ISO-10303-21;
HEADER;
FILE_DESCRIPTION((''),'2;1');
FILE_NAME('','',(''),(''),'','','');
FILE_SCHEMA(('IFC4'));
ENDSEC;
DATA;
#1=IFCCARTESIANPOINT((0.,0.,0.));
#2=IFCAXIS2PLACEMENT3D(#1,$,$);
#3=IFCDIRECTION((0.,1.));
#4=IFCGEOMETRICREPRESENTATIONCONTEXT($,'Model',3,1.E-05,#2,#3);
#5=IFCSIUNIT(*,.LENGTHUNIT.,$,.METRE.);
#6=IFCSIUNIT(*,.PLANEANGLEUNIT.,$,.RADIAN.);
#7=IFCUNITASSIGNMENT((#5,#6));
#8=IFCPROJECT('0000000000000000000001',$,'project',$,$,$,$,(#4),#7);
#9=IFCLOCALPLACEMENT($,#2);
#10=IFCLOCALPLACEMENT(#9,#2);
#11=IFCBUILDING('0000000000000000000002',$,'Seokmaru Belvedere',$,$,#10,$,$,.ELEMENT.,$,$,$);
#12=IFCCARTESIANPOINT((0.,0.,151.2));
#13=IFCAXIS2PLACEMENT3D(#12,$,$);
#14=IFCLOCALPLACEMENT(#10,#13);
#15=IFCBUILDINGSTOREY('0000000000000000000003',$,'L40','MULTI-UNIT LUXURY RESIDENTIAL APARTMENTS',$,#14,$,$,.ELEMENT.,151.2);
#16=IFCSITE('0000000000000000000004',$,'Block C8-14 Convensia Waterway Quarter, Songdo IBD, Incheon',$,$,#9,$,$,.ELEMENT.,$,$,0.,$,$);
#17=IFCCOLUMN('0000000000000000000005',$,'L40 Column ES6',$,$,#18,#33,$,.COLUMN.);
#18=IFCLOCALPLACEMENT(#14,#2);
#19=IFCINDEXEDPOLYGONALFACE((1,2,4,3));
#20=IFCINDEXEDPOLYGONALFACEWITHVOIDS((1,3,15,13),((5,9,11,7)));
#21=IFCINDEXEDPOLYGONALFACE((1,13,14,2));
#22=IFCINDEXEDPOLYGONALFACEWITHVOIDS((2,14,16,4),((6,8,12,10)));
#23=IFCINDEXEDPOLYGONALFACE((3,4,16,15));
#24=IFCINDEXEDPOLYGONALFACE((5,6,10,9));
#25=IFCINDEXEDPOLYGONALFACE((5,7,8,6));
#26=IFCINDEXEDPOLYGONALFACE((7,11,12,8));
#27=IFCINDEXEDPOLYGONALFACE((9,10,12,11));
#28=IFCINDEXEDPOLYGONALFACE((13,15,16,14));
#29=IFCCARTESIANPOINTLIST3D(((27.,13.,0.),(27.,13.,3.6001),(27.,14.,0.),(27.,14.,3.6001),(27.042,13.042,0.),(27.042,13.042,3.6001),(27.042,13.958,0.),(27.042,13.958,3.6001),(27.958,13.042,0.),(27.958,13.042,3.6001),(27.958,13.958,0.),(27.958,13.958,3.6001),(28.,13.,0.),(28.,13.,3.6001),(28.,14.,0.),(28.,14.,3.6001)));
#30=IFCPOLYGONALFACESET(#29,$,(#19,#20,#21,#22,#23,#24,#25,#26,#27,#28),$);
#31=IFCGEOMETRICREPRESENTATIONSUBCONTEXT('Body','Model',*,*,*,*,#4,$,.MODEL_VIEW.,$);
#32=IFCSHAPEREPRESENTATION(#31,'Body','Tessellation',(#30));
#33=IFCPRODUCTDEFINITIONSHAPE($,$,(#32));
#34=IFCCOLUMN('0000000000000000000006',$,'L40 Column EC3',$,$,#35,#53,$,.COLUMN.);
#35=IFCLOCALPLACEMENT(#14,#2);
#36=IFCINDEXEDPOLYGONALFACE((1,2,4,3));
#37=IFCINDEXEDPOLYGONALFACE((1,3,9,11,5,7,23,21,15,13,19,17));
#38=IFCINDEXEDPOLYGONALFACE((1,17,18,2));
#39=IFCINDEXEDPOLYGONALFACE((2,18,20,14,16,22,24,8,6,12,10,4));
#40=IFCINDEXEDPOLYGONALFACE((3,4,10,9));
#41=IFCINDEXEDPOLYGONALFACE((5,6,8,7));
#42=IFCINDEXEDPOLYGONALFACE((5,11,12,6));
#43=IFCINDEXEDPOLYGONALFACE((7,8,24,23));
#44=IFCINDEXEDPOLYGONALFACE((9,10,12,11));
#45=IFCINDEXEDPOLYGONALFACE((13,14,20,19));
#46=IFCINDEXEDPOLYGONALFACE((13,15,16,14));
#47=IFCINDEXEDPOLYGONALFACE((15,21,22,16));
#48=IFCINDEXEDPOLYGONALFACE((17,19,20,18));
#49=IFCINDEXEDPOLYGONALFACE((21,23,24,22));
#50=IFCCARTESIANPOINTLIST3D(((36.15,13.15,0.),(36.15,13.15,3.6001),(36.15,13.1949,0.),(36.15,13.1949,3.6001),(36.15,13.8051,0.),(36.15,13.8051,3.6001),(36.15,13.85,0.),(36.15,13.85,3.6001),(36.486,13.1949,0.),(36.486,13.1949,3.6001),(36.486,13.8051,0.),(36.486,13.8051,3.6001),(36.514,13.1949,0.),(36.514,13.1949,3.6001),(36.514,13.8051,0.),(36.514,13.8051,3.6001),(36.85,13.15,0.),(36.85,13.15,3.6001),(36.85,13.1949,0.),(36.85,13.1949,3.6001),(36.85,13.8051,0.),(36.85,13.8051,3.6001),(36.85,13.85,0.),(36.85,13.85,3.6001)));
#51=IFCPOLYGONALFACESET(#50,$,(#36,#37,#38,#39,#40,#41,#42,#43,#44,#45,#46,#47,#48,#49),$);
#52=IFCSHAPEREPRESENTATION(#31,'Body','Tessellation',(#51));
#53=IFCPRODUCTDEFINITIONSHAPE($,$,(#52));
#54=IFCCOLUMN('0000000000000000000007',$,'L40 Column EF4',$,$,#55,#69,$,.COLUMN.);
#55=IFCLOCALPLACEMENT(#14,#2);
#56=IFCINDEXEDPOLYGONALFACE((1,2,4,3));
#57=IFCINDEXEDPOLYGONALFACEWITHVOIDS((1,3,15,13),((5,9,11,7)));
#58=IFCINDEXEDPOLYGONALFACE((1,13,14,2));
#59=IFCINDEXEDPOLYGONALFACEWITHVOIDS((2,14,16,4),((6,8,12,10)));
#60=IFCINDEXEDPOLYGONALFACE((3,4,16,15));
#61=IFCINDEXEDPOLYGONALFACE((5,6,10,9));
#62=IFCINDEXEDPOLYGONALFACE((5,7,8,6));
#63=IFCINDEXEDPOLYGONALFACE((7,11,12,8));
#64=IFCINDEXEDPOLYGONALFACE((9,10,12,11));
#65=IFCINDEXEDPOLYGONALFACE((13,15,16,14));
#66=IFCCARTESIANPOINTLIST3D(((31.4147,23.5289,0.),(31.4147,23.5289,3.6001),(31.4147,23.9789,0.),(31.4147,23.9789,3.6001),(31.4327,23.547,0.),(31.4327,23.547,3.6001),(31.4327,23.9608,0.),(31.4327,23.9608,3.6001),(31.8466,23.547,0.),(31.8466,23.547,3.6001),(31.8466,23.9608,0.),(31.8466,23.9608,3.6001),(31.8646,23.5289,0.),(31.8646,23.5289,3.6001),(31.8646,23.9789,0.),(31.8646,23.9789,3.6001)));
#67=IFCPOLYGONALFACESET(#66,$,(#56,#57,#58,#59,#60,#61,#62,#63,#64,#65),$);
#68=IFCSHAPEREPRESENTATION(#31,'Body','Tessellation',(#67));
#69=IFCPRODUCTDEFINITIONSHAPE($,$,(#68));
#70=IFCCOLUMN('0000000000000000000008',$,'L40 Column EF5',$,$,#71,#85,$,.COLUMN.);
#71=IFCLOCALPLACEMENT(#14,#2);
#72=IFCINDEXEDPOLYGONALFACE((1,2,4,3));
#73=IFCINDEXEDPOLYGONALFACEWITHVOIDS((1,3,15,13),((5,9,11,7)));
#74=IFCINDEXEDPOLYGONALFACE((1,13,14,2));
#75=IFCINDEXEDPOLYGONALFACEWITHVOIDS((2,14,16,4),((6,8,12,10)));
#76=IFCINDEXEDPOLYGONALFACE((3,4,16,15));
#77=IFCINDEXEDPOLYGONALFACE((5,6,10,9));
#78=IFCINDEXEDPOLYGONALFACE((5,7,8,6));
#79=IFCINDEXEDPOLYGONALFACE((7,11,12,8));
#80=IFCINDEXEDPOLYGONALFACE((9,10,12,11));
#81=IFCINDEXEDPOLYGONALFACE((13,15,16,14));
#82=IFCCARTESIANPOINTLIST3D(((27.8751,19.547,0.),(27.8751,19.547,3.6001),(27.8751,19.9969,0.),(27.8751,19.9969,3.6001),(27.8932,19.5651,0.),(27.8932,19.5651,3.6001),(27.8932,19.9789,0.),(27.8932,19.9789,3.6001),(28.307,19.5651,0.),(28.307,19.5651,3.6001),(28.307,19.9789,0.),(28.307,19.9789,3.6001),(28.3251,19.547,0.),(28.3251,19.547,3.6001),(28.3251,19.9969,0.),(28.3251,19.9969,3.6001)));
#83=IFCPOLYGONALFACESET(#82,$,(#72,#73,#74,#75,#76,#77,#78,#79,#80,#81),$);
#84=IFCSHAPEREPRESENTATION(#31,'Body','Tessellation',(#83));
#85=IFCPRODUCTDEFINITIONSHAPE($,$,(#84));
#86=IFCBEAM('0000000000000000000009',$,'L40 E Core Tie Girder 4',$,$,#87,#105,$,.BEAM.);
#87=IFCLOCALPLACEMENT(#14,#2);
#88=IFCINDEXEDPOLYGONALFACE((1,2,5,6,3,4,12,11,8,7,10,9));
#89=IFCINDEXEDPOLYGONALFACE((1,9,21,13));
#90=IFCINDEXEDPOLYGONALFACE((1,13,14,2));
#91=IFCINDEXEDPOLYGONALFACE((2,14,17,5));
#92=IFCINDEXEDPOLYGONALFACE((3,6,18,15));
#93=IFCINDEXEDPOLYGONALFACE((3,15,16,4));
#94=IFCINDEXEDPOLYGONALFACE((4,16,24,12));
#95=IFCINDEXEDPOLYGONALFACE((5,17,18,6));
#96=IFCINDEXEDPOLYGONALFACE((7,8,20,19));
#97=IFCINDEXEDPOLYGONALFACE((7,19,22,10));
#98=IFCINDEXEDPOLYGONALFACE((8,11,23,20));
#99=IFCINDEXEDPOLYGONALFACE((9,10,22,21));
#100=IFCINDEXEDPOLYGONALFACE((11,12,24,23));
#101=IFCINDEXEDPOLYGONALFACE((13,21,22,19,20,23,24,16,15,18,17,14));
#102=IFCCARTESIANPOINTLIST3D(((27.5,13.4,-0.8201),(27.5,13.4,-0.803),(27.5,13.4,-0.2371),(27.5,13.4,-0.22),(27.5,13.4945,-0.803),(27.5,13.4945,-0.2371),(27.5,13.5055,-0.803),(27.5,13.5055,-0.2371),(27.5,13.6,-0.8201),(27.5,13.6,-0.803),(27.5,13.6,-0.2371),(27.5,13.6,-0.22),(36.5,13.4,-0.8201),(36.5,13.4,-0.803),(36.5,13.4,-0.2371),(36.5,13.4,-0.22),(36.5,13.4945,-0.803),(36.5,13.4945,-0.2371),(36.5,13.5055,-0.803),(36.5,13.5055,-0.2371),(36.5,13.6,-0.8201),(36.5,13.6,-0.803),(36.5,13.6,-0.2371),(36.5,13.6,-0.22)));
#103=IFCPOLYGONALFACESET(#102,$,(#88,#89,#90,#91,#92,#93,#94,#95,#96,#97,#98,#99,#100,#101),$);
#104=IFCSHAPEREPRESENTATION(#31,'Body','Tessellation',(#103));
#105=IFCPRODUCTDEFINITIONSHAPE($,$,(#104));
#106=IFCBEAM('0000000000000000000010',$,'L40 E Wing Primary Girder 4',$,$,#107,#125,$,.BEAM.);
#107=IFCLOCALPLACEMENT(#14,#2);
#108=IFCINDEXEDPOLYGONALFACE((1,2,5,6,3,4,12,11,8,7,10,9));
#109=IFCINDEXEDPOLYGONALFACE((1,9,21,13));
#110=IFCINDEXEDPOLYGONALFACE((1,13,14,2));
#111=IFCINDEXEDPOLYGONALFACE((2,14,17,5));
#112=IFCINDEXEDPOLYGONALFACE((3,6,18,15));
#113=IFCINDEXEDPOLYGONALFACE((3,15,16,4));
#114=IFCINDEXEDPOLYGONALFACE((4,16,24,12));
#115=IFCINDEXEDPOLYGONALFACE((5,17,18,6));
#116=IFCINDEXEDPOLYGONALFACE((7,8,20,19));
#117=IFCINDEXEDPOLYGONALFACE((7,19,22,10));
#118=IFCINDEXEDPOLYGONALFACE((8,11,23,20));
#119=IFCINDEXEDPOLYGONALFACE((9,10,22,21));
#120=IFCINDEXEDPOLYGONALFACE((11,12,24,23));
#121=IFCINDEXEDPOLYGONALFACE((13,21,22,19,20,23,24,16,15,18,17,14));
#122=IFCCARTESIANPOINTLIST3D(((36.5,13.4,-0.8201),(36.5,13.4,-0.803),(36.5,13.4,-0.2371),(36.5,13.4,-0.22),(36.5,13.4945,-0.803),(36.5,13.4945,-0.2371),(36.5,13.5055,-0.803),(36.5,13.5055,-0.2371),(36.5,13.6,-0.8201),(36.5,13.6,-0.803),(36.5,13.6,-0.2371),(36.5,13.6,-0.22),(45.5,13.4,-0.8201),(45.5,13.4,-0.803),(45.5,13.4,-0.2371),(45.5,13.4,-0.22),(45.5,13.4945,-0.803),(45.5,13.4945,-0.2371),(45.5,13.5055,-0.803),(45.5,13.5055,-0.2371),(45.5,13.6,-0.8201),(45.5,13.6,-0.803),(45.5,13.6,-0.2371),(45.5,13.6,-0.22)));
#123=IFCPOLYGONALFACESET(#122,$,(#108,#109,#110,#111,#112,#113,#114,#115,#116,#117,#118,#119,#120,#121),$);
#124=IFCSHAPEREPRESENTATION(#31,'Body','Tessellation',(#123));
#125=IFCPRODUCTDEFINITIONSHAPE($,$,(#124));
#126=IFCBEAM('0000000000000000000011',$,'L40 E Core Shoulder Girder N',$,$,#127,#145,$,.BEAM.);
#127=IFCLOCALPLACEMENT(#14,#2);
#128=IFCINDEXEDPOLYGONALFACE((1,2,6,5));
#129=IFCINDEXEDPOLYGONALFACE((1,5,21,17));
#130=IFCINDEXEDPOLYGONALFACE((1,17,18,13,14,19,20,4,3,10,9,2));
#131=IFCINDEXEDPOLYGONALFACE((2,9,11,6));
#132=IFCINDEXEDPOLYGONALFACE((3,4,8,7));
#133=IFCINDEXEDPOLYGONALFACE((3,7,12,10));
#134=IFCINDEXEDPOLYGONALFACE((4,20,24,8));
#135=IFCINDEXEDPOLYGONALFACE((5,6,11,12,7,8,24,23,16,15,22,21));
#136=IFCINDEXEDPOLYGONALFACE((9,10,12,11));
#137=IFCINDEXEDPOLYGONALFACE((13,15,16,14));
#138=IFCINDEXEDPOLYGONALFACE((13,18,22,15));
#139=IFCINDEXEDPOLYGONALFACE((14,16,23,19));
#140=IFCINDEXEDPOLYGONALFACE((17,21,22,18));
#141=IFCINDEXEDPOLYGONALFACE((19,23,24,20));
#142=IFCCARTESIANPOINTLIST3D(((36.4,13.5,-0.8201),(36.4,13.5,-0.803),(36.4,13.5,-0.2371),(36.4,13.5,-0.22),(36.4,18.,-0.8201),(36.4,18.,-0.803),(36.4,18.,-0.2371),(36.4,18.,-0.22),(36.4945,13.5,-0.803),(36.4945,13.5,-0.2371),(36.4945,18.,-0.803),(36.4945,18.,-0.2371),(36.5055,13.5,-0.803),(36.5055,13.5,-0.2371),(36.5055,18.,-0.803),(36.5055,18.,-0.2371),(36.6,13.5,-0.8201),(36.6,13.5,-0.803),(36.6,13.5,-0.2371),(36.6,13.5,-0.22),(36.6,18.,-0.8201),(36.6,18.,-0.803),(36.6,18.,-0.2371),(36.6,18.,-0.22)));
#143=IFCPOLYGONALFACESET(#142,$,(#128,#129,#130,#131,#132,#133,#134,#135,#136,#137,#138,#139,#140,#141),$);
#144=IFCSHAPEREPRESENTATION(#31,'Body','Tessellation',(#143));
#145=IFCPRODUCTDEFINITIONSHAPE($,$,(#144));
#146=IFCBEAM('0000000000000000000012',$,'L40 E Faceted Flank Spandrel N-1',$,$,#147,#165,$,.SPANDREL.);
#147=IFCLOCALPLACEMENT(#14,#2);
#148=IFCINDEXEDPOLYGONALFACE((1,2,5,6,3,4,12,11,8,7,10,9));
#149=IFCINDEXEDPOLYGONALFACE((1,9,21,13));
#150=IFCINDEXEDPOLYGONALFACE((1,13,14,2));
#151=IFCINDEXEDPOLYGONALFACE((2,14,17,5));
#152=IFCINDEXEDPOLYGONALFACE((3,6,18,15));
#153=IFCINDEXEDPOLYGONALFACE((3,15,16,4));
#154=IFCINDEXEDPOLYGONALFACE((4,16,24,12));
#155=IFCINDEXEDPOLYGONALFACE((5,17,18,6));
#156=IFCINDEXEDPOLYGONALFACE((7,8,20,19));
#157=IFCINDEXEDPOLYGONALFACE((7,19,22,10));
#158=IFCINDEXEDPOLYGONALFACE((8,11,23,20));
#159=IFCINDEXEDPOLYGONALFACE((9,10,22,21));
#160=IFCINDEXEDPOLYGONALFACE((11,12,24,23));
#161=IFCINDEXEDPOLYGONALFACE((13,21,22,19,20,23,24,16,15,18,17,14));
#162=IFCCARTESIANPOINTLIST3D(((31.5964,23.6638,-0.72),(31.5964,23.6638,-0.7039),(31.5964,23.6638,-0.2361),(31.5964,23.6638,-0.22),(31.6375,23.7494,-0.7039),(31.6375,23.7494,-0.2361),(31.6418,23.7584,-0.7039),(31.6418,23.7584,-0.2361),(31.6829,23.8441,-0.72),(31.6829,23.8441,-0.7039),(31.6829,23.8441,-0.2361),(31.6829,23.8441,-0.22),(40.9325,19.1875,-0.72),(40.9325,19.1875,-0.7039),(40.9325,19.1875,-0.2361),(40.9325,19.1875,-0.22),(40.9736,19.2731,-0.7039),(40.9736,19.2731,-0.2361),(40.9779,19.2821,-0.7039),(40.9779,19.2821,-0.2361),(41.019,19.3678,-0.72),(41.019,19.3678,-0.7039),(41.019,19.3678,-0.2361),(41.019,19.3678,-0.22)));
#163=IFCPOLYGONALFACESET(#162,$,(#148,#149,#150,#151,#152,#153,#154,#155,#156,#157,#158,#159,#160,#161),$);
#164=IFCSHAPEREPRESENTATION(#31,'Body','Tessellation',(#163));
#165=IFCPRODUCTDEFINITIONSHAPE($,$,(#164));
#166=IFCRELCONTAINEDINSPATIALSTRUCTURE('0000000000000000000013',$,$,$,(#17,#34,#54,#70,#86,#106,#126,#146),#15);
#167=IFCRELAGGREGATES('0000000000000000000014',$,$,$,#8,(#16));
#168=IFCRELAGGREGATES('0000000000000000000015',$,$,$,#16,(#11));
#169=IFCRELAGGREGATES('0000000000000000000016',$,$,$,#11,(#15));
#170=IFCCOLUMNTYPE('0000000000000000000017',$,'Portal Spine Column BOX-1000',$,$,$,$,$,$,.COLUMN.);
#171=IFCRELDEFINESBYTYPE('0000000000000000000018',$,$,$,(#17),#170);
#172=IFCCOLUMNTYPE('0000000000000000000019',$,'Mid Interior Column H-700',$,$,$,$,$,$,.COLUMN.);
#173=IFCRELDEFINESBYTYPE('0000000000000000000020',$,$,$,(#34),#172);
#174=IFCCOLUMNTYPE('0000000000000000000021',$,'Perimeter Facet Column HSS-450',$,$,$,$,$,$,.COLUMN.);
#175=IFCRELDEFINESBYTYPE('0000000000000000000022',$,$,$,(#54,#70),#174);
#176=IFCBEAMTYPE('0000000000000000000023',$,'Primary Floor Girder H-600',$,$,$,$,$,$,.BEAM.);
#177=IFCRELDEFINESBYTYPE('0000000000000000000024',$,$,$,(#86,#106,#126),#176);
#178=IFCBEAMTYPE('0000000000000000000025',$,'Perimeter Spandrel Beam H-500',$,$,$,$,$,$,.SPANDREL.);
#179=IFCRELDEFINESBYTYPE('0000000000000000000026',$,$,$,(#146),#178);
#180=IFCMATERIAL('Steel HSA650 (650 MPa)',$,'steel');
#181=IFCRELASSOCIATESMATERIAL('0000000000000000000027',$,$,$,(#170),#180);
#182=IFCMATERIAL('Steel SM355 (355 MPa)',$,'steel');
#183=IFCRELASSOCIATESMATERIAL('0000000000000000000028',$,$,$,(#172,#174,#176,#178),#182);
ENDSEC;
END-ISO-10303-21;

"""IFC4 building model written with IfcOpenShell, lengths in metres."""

from ifc_helpers import new_model, si_unit, direction, frame, origin, origin_2d, place, context, subcontext, project, spatial, hollow_rectangle, i_section, extrude, source, transform, mapped, material, material_profile, profile_set, type_object, type_shapes, element, save


model = new_model("IFC4")

# Units and contexts
model_context = context("Model", 3, precision=1e-05, world=origin(), true_north=direction((0.0, 1.0)))
body_context = subcontext(model_context, "Body", "Model", "MODEL_VIEW")
ifc_project = project(units=[si_unit("LENGTHUNIT", "METRE"), si_unit("PLANEANGLEUNIT", "RADIAN")], contexts=[model_context])

# Site, building, storey
site_placement = place(None, origin())
site = spatial("IfcSite", under=ifc_project, at=site_placement, Name="Block C8-14 Convensia Waterway Quarter, Songdo IBD, Incheon", CompositionType="ELEMENT", RefElevation=0.0)
building_placement = place(site_placement, origin())
building = spatial("IfcBuilding", under=site, at=building_placement, Name="Seokmaru Belvedere", CompositionType="ELEMENT")
storey_placement = place(building_placement, frame((0.0, 0.0, 151.2)))
storey = spatial("IfcBuildingStorey", under=building, at=storey_placement, Name="L40", Description="MULTI-UNIT LUXURY RESIDENTIAL APARTMENTS", CompositionType="ELEMENT", Elevation=151.2)

# Columns
ifc_material_1 = material(Name="Steel HSA650 (650 MPa)", Category="steel")
ifc_material_profile_1 = material_profile(ifc_material_1, hollow_rectangle(XDim=1.0, YDim=1.0, WallThickness=0.042, at=origin_2d()), Name="BOX-1000x1000x42")
ifc_profile_set_1 = profile_set([ifc_material_profile_1], Name="Steel HSA650 (650 MPa)")
column_type_1 = type_object("IfcColumnType", Name="Portal Spine Column BOX-1000", PredefinedType="COLUMN", material=ifc_profile_set_1)
shared_shape_1 = source(origin(), body_context, "Body", "SweptSolid", [
    extrude(hollow_rectangle(XDim=1.0, YDim=1.0, WallThickness=0.042, at=origin_2d()), origin(), (0.0, 0.0, 1.0), 3.6001),
])
type_shapes(column_type_1, [shared_shape_1])
column_1_placement = place(storey_placement, frame((27.5, 13.5, 0.0), z_axis=(0.0, 0.0, 1.0), x_axis=(1.0, 0.0, 0.0)))
element("IfcColumn", 1, at=column_1_placement, inside=storey, type_object=column_type_1, Name="L40 Column ES6", PredefinedType="COLUMN", context=body_context, shape_type="MappedRepresentation", body=[
    mapped(shared_shape_1, transform((0.0, 0.0, 0.0), scale=1.0)),
])
ifc_material_2 = material(Name="Steel SM355 (355 MPa)", Category="steel")
ifc_material_profile_2 = material_profile(ifc_material_2, i_section(OverallWidth=0.7, OverallDepth=0.7, WebThickness=0.0281, FlangeThickness=0.0449, at=origin_2d()), Name="H-700x700x28x45")
ifc_profile_set_2 = profile_set([ifc_material_profile_2], Name="Steel SM355 (355 MPa)")
column_type_2 = type_object("IfcColumnType", Name="Mid Interior Column H-700", PredefinedType="COLUMN", material=ifc_profile_set_2)
shared_shape_2 = source(origin(), body_context, "Body", "SweptSolid", [
    extrude(i_section(OverallWidth=0.7, OverallDepth=0.7, WebThickness=0.0281, FlangeThickness=0.0449, at=origin_2d()), origin(), (0.0, 0.0, 1.0), 3.6001),
])
type_shapes(column_type_2, [shared_shape_2])
column_2_placement = place(storey_placement, frame((36.5, 13.5, 0.0), z_axis=(0.0, 0.0, 1.0), x_axis=(1.0, 0.0, 0.0)))
element("IfcColumn", 2, at=column_2_placement, inside=storey, type_object=column_type_2, Name="L40 Column EC3", PredefinedType="COLUMN", context=body_context, shape_type="MappedRepresentation", body=[
    mapped(shared_shape_2, transform((0.0, 0.0, 0.0), scale=1.0)),
])
ifc_material_profile_3 = material_profile(ifc_material_2, hollow_rectangle(XDim=0.45, YDim=0.45, WallThickness=0.0181, at=origin_2d()), Name="HSS-450x450x18")
ifc_profile_set_3 = profile_set([ifc_material_profile_3], Name="Steel SM355 (355 MPa)")
column_type_3 = type_object("IfcColumnType", Name="Perimeter Facet Column HSS-450", PredefinedType="COLUMN", material=ifc_profile_set_3)
shared_shape_3 = source(origin(), body_context, "Body", "SweptSolid", [
    extrude(hollow_rectangle(XDim=0.45, YDim=0.45, WallThickness=0.0181, at=origin_2d()), origin(), (0.0, 0.0, 1.0), 3.6001),
])
type_shapes(column_type_3, [shared_shape_3])
for number, where, z_axis, x_axis, name in (
    (3, (31.6396, 23.7539, 0.0), (0.0, 0.0, 1.0), (1.0, 0.0, 0.0), "L40 Column EF4"),
    (4, (28.1001, 19.772, 0.0), (0.0, 0.0, 1.0), (1.0, 0.0, 0.0), "L40 Column EF5"),
):
    element("IfcColumn", number, at=place(storey_placement, frame(where, z_axis=z_axis, x_axis=x_axis)), inside=storey, type_object=column_type_3, Name=name, PredefinedType="COLUMN", context=body_context, shape_type="MappedRepresentation", body=[
        mapped(shared_shape_3, transform((0.0, 0.0, 0.0), scale=1.0)),
    ])

# Beams
ifc_material_profile_4 = material_profile(ifc_material_2, i_section(OverallWidth=0.2, OverallDepth=0.6001, WebThickness=0.011, FlangeThickness=0.0171, at=origin_2d()), Name="H-600x200x11x17")
ifc_profile_set_4 = profile_set([ifc_material_profile_4], Name="Steel SM355 (355 MPa)")
beam_type_1 = type_object("IfcBeamType", Name="Primary Floor Girder H-600", PredefinedType="BEAM", material=ifc_profile_set_4)
shared_shape_4 = source(origin(), body_context, "Body", "SweptSolid", [
    extrude(i_section(OverallWidth=0.2, OverallDepth=0.6001, WebThickness=0.011, FlangeThickness=0.0171, at=origin_2d()), origin(), (0.0, 0.0, 1.0), 9.0),
])
for number, where, z_axis, x_axis, name in (
    (5, (27.5, 13.5, -0.52), (1.0, 0.0, 0.0), (0.0, 1.0, 0.0), "L40 E Core Tie Girder 4"),
    (6, (36.5, 13.5, -0.52), (1.0, 0.0, 0.0), (0.0, 1.0, 0.0), "L40 E Wing Primary Girder 4"),
):
    element("IfcBeam", number, at=place(storey_placement, frame(where, z_axis=z_axis, x_axis=x_axis)), inside=storey, type_object=beam_type_1, Name=name, PredefinedType="BEAM", context=body_context, shape_type="MappedRepresentation", body=[
        mapped(shared_shape_4, transform((0.0, 0.0, 0.0), scale=1.0)),
    ])
shared_shape_5 = source(origin(), body_context, "Body", "SweptSolid", [
    extrude(i_section(OverallWidth=0.2, OverallDepth=0.6001, WebThickness=0.011, FlangeThickness=0.0171, at=origin_2d()), origin(), (0.0, 0.0, 1.0), 4.5),
])
type_shapes(beam_type_1, [shared_shape_4, shared_shape_5])
beam_1_placement = place(storey_placement, frame((36.5, 13.5, -0.52), z_axis=(0.0, 1.0, 0.0), x_axis=(-1.0, 0.0, 0.0)))
element("IfcBeam", 7, at=beam_1_placement, inside=storey, type_object=beam_type_1, Name="L40 E Core Shoulder Girder N", PredefinedType="BEAM", context=body_context, shape_type="MappedRepresentation", body=[
    mapped(shared_shape_5, transform((0.0, 0.0, 0.0), scale=1.0)),
])
ifc_material_profile_5 = material_profile(ifc_material_2, i_section(OverallWidth=0.2, OverallDepth=0.5, WebThickness=0.01, FlangeThickness=0.0161, at=origin_2d()), Name="H-500x200x10x16")
ifc_profile_set_5 = profile_set([ifc_material_profile_5], Name="Steel SM355 (355 MPa)")
beam_type_2 = type_object("IfcBeamType", Name="Perimeter Spandrel Beam H-500", PredefinedType="SPANDREL", material=ifc_profile_set_5)
shared_shape_6 = source(origin(), body_context, "Body", "SweptSolid", [
    extrude(i_section(OverallWidth=0.2, OverallDepth=0.5, WebThickness=0.01, FlangeThickness=0.0161, at=origin_2d()), origin(), (0.0, 0.0, 1.0), 10.3538),
])
beam_2_placement = place(storey_placement, frame((31.6396, 23.7539, -0.47), z_axis=(0.901713, -0.432335, 0.0), x_axis=(0.432335, 0.901713, 0.0)))
element("IfcBeam", 8, at=beam_2_placement, inside=storey, type_object=beam_type_2, Name="L40 E Faceted Flank Spandrel N-1", PredefinedType="SPANDREL", context=body_context, shape_type="MappedRepresentation", body=[
    mapped(shared_shape_6, transform((0.0, 0.0, 0.0), scale=1.0)),
])

save(model, "model.ifc")
